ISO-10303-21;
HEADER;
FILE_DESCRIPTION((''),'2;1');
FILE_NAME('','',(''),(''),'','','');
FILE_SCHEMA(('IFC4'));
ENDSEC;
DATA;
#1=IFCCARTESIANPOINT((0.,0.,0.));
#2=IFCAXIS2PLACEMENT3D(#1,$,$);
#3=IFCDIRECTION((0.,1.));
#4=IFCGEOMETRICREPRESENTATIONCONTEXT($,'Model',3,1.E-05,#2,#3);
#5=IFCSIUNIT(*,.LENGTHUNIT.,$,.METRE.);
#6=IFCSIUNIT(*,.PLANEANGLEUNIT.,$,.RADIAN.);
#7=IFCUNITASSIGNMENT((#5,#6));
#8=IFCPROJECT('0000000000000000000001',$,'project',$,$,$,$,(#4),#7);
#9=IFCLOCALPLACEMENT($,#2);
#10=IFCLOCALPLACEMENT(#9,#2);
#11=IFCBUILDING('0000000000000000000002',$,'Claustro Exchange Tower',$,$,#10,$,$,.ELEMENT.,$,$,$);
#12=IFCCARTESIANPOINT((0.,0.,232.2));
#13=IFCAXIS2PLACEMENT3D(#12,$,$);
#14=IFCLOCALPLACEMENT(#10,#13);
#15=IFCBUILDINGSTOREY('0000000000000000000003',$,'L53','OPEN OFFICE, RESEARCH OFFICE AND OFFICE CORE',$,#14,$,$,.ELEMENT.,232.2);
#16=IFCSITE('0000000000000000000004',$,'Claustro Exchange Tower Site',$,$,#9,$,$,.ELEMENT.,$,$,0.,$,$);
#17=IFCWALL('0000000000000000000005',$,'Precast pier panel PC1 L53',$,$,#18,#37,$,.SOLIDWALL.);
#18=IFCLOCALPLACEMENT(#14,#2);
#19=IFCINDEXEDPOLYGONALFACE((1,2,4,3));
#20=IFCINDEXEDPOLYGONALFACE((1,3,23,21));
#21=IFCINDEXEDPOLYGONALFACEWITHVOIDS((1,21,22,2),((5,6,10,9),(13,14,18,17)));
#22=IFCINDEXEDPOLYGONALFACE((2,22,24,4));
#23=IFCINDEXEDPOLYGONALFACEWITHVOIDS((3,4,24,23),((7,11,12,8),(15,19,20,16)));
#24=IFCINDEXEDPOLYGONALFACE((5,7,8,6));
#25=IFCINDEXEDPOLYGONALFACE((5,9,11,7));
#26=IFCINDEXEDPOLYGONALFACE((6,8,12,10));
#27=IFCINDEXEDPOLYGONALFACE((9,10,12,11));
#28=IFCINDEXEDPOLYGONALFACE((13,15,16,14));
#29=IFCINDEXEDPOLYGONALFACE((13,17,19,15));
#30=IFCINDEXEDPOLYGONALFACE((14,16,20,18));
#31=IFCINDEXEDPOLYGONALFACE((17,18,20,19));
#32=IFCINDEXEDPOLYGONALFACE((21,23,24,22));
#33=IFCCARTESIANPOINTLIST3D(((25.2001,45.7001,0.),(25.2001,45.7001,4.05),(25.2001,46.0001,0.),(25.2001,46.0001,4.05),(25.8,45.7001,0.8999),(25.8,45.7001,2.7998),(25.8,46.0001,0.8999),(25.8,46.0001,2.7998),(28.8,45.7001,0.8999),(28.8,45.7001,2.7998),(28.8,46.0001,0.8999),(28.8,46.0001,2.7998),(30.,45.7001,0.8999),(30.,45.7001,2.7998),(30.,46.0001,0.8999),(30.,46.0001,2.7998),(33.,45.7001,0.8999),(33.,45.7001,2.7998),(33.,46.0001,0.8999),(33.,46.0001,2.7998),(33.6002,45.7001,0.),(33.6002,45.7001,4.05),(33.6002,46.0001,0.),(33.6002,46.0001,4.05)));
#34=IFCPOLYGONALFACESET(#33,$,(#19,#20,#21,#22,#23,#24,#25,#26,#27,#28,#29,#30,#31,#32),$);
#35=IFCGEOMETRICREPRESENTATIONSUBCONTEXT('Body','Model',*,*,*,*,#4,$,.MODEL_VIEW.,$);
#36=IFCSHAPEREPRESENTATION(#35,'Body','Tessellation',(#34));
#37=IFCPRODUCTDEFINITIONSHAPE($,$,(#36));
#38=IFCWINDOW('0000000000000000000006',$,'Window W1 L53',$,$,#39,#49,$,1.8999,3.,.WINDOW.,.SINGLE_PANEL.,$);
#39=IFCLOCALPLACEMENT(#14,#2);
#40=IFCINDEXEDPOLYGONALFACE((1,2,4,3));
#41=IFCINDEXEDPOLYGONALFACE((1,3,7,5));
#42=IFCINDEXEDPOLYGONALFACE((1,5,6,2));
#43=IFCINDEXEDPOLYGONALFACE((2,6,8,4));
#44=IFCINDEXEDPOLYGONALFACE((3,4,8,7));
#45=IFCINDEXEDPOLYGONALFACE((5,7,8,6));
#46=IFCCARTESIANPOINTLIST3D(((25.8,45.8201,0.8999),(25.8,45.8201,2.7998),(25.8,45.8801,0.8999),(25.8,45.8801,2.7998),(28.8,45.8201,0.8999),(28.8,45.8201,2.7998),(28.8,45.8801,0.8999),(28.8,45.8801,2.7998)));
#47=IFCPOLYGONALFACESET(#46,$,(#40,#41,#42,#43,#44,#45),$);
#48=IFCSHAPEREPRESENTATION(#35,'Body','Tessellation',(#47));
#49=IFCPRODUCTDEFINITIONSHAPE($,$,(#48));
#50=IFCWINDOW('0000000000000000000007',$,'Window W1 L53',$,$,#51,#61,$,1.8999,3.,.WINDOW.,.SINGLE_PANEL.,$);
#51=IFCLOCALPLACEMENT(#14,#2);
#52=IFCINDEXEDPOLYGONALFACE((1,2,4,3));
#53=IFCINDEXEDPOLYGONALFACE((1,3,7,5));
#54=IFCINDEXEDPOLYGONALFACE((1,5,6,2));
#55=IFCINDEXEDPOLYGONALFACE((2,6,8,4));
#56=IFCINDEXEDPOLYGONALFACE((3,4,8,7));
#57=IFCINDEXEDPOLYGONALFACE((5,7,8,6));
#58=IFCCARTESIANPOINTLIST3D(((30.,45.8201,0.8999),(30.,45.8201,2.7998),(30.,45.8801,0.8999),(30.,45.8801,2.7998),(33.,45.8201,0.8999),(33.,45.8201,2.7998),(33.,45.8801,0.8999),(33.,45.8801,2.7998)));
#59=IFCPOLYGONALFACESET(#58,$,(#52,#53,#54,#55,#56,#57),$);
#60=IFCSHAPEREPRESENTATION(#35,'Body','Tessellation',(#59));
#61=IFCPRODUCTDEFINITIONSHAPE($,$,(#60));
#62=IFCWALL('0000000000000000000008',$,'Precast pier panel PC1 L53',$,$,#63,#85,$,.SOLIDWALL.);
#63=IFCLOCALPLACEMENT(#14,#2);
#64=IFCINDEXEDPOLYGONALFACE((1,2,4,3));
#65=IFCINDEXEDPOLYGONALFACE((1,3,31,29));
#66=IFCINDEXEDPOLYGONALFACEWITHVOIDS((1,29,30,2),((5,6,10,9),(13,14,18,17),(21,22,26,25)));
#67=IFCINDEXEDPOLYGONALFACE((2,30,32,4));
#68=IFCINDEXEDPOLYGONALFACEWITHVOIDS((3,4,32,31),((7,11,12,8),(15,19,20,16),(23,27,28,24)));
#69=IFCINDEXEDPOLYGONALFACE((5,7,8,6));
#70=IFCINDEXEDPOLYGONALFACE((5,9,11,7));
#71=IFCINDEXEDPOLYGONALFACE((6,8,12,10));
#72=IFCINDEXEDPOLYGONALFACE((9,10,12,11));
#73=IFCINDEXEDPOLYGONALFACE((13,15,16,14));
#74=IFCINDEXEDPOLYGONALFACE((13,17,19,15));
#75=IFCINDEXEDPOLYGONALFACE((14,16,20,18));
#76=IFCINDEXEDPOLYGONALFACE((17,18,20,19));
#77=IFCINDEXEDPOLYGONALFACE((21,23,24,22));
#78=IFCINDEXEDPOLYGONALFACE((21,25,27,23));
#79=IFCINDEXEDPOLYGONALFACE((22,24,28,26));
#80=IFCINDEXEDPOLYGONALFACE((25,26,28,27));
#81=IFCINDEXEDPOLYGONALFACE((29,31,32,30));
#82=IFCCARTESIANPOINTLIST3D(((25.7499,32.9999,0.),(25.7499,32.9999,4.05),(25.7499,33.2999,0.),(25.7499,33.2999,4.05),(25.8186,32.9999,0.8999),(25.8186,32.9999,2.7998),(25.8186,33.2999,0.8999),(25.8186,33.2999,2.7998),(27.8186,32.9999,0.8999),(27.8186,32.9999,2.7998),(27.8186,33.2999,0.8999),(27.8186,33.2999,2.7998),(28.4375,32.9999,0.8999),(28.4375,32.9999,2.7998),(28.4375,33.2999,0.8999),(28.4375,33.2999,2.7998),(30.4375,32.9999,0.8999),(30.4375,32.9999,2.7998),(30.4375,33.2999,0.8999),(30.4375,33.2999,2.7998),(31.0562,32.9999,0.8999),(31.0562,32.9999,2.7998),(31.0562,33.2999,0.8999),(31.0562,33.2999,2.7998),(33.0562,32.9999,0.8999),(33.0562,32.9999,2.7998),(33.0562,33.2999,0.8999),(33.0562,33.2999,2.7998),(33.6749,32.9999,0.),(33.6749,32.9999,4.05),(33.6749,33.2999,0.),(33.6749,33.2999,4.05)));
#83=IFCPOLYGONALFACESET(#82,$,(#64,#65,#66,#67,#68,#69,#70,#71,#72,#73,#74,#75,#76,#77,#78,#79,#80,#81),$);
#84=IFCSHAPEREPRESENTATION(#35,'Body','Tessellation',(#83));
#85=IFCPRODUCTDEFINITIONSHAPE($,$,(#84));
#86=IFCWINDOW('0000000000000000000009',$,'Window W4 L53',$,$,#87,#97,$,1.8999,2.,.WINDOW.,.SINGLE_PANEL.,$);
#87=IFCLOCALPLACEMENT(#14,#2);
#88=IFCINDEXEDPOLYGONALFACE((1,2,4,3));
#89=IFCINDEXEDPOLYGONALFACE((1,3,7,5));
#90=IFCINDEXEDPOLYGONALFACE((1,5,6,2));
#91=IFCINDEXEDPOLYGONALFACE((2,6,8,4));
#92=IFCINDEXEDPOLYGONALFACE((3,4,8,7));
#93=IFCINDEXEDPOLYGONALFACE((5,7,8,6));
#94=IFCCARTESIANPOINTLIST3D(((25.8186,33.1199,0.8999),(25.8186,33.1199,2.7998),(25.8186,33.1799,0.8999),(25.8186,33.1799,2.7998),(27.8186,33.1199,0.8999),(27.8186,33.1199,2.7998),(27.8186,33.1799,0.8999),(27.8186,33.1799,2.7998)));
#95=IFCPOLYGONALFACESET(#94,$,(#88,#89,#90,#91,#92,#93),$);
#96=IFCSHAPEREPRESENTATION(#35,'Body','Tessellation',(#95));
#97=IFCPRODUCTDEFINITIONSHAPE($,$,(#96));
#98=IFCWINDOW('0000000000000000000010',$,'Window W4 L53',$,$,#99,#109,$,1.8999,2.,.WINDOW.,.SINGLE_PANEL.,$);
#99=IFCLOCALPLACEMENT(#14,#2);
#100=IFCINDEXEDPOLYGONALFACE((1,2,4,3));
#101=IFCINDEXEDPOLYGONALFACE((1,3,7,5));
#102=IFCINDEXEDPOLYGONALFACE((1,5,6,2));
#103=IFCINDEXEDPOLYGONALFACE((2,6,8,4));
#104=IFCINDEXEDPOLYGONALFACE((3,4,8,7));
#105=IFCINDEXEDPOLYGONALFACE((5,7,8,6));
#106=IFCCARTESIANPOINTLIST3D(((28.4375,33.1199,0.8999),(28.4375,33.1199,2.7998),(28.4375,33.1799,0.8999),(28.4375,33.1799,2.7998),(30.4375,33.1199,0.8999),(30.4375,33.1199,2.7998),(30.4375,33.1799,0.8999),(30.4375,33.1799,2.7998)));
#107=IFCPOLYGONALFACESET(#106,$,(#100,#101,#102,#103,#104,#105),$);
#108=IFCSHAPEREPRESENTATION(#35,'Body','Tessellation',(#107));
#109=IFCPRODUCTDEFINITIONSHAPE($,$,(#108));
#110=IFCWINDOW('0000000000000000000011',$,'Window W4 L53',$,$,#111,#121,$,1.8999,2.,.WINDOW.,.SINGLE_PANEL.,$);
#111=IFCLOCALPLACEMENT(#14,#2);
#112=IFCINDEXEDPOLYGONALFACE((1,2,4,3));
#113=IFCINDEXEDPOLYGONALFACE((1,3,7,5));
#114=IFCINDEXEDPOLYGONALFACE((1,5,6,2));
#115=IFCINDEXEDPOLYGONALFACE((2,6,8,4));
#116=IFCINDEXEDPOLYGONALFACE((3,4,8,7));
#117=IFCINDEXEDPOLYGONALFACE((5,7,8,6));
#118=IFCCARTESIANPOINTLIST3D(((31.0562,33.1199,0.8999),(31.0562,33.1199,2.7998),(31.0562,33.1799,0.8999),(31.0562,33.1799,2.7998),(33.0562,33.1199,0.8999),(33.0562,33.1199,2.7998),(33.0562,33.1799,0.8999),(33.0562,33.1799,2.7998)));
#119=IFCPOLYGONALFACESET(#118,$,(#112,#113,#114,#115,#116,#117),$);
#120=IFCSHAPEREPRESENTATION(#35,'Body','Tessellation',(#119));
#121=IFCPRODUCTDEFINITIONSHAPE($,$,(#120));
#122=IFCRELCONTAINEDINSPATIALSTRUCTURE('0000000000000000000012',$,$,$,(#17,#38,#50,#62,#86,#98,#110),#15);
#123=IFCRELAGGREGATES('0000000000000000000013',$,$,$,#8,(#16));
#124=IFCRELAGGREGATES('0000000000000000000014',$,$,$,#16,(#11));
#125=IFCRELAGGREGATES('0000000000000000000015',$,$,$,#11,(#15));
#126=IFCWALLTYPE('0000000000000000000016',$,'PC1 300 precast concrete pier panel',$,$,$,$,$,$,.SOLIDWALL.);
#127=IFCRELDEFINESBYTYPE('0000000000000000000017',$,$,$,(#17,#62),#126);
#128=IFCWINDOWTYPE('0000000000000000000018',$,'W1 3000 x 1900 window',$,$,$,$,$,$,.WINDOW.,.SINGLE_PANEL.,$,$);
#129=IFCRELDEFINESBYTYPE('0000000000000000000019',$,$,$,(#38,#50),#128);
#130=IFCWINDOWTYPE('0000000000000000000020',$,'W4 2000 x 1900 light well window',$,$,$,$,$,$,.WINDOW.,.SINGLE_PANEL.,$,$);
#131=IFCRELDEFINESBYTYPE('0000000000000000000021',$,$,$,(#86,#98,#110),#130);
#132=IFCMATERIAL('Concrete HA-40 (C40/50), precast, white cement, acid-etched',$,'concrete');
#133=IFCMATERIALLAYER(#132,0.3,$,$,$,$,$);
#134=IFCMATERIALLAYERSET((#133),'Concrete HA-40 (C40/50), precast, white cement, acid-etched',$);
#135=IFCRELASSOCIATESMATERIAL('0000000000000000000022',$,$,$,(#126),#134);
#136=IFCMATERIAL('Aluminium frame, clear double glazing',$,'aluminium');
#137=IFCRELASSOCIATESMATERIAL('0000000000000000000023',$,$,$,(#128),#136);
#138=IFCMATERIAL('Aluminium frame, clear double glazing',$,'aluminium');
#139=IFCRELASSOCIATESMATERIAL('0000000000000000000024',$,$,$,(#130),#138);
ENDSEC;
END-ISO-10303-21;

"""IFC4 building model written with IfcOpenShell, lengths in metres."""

from ifc_helpers import new_model, si_unit, direction, frame, frame_2d, origin, place, context, subcontext, project, spatial, rectangle, extrude, material, layer, layer_set, type_object, element, fill, save


model = new_model("IFC4")

# Units and contexts
model_context = context("Model", 3, precision=1e-05, world=origin(), true_north=direction((0.0, 1.0)))
body_context = subcontext(model_context, "Body", "Model", "MODEL_VIEW")
ifc_project = project(units=[si_unit("LENGTHUNIT", "METRE"), si_unit("PLANEANGLEUNIT", "RADIAN")], contexts=[model_context])

# Site, building, storey
site_placement = place(None, origin())
site = spatial("IfcSite", under=ifc_project, at=site_placement, Name="Claustro Exchange Tower Site", CompositionType="ELEMENT", RefElevation=0.0)
building_placement = place(site_placement, origin())
building = spatial("IfcBuilding", under=site, at=building_placement, Name="Claustro Exchange Tower", CompositionType="ELEMENT")
storey_placement = place(building_placement, frame((0.0, 0.0, 232.2)))
storey = spatial("IfcBuildingStorey", under=building, at=storey_placement, Name="L53", Description="OPEN OFFICE, RESEARCH OFFICE AND OFFICE CORE", CompositionType="ELEMENT", Elevation=232.2)

# Walls, openings, windows
ifc_material_1 = material(Name="Concrete HA-40 (C40/50), precast, white cement, acid-etched", Category="concrete")
ifc_layer_1 = layer(ifc_material_1, 0.3)
ifc_layer_set_1 = layer_set([ifc_layer_1], Name="Concrete HA-40 (C40/50), precast, white cement, acid-etched")
wall_type_1 = type_object("IfcWallType", Name="PC1 300 precast concrete pier panel", PredefinedType="SOLIDWALL", material=ifc_layer_set_1)
wall_1_placement = place(storey_placement, frame((25.2, 45.8501, 0.0), z_axis=(0.0, 0.0, 1.0), x_axis=(1.0, 0.0, 0.0)))
wall_1 = element("IfcWall", 1, at=wall_1_placement, inside=storey, type_object=wall_type_1, Name="Precast pier panel PC1 L53", PredefinedType="SOLIDWALL", context=body_context, shape_type="SweptSolid", body=[
    extrude(rectangle(XDim=8.4001, YDim=0.3, at=frame_2d((4.2002, 0.0))), origin(), (0.0, 0.0, 1.0), 4.05),
])
opening_1_placement = place(wall_1_placement, frame((0.6001, 0.0, 0.8999)))
opening_1 = element("IfcOpeningElement", 2, at=opening_1_placement, cuts=wall_1, PredefinedType="OPENING", context=body_context, shape_type="SweptSolid", body=[
    extrude(rectangle(XDim=3.0, YDim=1.8999, at=frame_2d((1.5, 0.95))), frame((0.0, 0.1599, 0.0), z_axis=(0.0, -1.0, 0.0), x_axis=(1.0, 0.0, 0.0)), (0.0, 0.0, 1.0), 0.3201),
])
opening_2_placement = place(wall_1_placement, frame((4.8, 0.0, 0.8999)))
opening_2 = element("IfcOpeningElement", 3, at=opening_2_placement, cuts=wall_1, PredefinedType="OPENING", context=body_context, shape_type="SweptSolid", body=[
    extrude(rectangle(XDim=3.0, YDim=1.8999, at=frame_2d((1.5, 0.95))), frame((0.0, 0.1599, 0.0), z_axis=(0.0, -1.0, 0.0), x_axis=(1.0, 0.0, 0.0)), (0.0, 0.0, 1.0), 0.3201),
])
ifc_material_2 = material(Name="Aluminium frame, clear double glazing", Category="aluminium")
window_type_1 = type_object("IfcWindowType", Name="W1 3000 x 1900 window", PartitioningType="SINGLE_PANEL", PredefinedType="WINDOW", material=ifc_material_2)
window_1_placement = place(opening_1_placement, origin())
window_1 = element("IfcWindow", 4, at=window_1_placement, inside=storey, type_object=window_type_1, Name="Window W1 L53", OverallHeight=1.8999, OverallWidth=3.0, PartitioningType="SINGLE_PANEL", PredefinedType="WINDOW", context=body_context, shape_type="SweptSolid", body=[
    extrude(rectangle(XDim=3.0, YDim=1.8999, at=frame_2d((1.5, 0.95))), frame((0.0, 0.03, 0.0), z_axis=(0.0, -1.0, 0.0), x_axis=(1.0, 0.0, 0.0)), (0.0, 0.0, 1.0), 0.0601),
])
fill(opening_1, window_1)
window_2_placement = place(opening_2_placement, origin())
window_2 = element("IfcWindow", 5, at=window_2_placement, inside=storey, type_object=window_type_1, Name="Window W1 L53", OverallHeight=1.8999, OverallWidth=3.0, PartitioningType="SINGLE_PANEL", PredefinedType="WINDOW", context=body_context, shape_type="SweptSolid", body=[
    extrude(rectangle(XDim=3.0, YDim=1.8999, at=frame_2d((1.5, 0.95))), frame((0.0, 0.03, 0.0), z_axis=(0.0, -1.0, 0.0), x_axis=(1.0, 0.0, 0.0)), (0.0, 0.0, 1.0), 0.0601),
])
fill(opening_2, window_2)
wall_2_placement = place(storey_placement, frame((25.75, 33.1499, 0.0), z_axis=(0.0, 0.0, 1.0), x_axis=(1.0, 0.0, 0.0)))
wall_2 = element("IfcWall", 6, at=wall_2_placement, inside=storey, type_object=wall_type_1, Name="Precast pier panel PC1 L53", PredefinedType="SOLIDWALL", context=body_context, shape_type="SweptSolid", body=[
    extrude(rectangle(XDim=7.925, YDim=0.3, at=frame_2d((3.9624, 0.0))), origin(), (0.0, 0.0, 1.0), 4.05),
])
opening_3_placement = place(wall_2_placement, frame((0.0686, 0.0, 0.8999)))
opening_3 = element("IfcOpeningElement", 7, at=opening_3_placement, cuts=wall_2, PredefinedType="OPENING", context=body_context, shape_type="SweptSolid", body=[
    extrude(rectangle(XDim=2.0, YDim=1.8999, at=frame_2d((1.0, 0.95))), frame((0.0, 0.1599, 0.0), z_axis=(0.0, -1.0, 0.0), x_axis=(1.0, 0.0, 0.0)), (0.0, 0.0, 1.0), 0.3201),
])
opening_4_placement = place(wall_2_placement, frame((2.6875, 0.0, 0.8999)))
opening_4 = element("IfcOpeningElement", 8, at=opening_4_placement, cuts=wall_2, PredefinedType="OPENING", context=body_context, shape_type="SweptSolid", body=[
    extrude(rectangle(XDim=2.0, YDim=1.8999, at=frame_2d((1.0, 0.95))), frame((0.0, 0.1599, 0.0), z_axis=(0.0, -1.0, 0.0), x_axis=(1.0, 0.0, 0.0)), (0.0, 0.0, 1.0), 0.3201),
])
opening_5_placement = place(wall_2_placement, frame((5.3062, 0.0, 0.8999)))
opening_5 = element("IfcOpeningElement", 9, at=opening_5_placement, cuts=wall_2, PredefinedType="OPENING", context=body_context, shape_type="SweptSolid", body=[
    extrude(rectangle(XDim=2.0, YDim=1.8999, at=frame_2d((1.0, 0.95))), frame((0.0, 0.1599, 0.0), z_axis=(0.0, -1.0, 0.0), x_axis=(1.0, 0.0, 0.0)), (0.0, 0.0, 1.0), 0.3201),
])
ifc_material_3 = material(Name="Aluminium frame, clear double glazing", Category="aluminium")
window_type_2 = type_object("IfcWindowType", Name="W4 2000 x 1900 light well window", PartitioningType="SINGLE_PANEL", PredefinedType="WINDOW", material=ifc_material_3)
window_3_placement = place(opening_3_placement, origin())
window_3 = element("IfcWindow", 10, at=window_3_placement, inside=storey, type_object=window_type_2, Name="Window W4 L53", OverallHeight=1.8999, OverallWidth=2.0, PartitioningType="SINGLE_PANEL", PredefinedType="WINDOW", context=body_context, shape_type="SweptSolid", body=[
    extrude(rectangle(XDim=2.0, YDim=1.8999, at=frame_2d((1.0, 0.95))), frame((0.0, 0.03, 0.0), z_axis=(0.0, -1.0, 0.0), x_axis=(1.0, 0.0, 0.0)), (0.0, 0.0, 1.0), 0.0601),
])
fill(opening_3, window_3)
window_4_placement = place(opening_4_placement, origin())
window_4 = element("IfcWindow", 11, at=window_4_placement, inside=storey, type_object=window_type_2, Name="Window W4 L53", OverallHeight=1.8999, OverallWidth=2.0, PartitioningType="SINGLE_PANEL", PredefinedType="WINDOW", context=body_context, shape_type="SweptSolid", body=[
    extrude(rectangle(XDim=2.0, YDim=1.8999, at=frame_2d((1.0, 0.95))), frame((0.0, 0.03, 0.0), z_axis=(0.0, -1.0, 0.0), x_axis=(1.0, 0.0, 0.0)), (0.0, 0.0, 1.0), 0.0601),
])
fill(opening_4, window_4)
window_5_placement = place(opening_5_placement, origin())
window_5 = element("IfcWindow", 12, at=window_5_placement, inside=storey, type_object=window_type_2, Name="Window W4 L53", OverallHeight=1.8999, OverallWidth=2.0, PartitioningType="SINGLE_PANEL", PredefinedType="WINDOW", context=body_context, shape_type="SweptSolid", body=[
    extrude(rectangle(XDim=2.0, YDim=1.8999, at=frame_2d((1.0, 0.95))), frame((0.0, 0.03, 0.0), z_axis=(0.0, -1.0, 0.0), x_axis=(1.0, 0.0, 0.0)), (0.0, 0.0, 1.0), 0.0601),
])
fill(opening_5, window_5)

save(model, "model.ifc")
